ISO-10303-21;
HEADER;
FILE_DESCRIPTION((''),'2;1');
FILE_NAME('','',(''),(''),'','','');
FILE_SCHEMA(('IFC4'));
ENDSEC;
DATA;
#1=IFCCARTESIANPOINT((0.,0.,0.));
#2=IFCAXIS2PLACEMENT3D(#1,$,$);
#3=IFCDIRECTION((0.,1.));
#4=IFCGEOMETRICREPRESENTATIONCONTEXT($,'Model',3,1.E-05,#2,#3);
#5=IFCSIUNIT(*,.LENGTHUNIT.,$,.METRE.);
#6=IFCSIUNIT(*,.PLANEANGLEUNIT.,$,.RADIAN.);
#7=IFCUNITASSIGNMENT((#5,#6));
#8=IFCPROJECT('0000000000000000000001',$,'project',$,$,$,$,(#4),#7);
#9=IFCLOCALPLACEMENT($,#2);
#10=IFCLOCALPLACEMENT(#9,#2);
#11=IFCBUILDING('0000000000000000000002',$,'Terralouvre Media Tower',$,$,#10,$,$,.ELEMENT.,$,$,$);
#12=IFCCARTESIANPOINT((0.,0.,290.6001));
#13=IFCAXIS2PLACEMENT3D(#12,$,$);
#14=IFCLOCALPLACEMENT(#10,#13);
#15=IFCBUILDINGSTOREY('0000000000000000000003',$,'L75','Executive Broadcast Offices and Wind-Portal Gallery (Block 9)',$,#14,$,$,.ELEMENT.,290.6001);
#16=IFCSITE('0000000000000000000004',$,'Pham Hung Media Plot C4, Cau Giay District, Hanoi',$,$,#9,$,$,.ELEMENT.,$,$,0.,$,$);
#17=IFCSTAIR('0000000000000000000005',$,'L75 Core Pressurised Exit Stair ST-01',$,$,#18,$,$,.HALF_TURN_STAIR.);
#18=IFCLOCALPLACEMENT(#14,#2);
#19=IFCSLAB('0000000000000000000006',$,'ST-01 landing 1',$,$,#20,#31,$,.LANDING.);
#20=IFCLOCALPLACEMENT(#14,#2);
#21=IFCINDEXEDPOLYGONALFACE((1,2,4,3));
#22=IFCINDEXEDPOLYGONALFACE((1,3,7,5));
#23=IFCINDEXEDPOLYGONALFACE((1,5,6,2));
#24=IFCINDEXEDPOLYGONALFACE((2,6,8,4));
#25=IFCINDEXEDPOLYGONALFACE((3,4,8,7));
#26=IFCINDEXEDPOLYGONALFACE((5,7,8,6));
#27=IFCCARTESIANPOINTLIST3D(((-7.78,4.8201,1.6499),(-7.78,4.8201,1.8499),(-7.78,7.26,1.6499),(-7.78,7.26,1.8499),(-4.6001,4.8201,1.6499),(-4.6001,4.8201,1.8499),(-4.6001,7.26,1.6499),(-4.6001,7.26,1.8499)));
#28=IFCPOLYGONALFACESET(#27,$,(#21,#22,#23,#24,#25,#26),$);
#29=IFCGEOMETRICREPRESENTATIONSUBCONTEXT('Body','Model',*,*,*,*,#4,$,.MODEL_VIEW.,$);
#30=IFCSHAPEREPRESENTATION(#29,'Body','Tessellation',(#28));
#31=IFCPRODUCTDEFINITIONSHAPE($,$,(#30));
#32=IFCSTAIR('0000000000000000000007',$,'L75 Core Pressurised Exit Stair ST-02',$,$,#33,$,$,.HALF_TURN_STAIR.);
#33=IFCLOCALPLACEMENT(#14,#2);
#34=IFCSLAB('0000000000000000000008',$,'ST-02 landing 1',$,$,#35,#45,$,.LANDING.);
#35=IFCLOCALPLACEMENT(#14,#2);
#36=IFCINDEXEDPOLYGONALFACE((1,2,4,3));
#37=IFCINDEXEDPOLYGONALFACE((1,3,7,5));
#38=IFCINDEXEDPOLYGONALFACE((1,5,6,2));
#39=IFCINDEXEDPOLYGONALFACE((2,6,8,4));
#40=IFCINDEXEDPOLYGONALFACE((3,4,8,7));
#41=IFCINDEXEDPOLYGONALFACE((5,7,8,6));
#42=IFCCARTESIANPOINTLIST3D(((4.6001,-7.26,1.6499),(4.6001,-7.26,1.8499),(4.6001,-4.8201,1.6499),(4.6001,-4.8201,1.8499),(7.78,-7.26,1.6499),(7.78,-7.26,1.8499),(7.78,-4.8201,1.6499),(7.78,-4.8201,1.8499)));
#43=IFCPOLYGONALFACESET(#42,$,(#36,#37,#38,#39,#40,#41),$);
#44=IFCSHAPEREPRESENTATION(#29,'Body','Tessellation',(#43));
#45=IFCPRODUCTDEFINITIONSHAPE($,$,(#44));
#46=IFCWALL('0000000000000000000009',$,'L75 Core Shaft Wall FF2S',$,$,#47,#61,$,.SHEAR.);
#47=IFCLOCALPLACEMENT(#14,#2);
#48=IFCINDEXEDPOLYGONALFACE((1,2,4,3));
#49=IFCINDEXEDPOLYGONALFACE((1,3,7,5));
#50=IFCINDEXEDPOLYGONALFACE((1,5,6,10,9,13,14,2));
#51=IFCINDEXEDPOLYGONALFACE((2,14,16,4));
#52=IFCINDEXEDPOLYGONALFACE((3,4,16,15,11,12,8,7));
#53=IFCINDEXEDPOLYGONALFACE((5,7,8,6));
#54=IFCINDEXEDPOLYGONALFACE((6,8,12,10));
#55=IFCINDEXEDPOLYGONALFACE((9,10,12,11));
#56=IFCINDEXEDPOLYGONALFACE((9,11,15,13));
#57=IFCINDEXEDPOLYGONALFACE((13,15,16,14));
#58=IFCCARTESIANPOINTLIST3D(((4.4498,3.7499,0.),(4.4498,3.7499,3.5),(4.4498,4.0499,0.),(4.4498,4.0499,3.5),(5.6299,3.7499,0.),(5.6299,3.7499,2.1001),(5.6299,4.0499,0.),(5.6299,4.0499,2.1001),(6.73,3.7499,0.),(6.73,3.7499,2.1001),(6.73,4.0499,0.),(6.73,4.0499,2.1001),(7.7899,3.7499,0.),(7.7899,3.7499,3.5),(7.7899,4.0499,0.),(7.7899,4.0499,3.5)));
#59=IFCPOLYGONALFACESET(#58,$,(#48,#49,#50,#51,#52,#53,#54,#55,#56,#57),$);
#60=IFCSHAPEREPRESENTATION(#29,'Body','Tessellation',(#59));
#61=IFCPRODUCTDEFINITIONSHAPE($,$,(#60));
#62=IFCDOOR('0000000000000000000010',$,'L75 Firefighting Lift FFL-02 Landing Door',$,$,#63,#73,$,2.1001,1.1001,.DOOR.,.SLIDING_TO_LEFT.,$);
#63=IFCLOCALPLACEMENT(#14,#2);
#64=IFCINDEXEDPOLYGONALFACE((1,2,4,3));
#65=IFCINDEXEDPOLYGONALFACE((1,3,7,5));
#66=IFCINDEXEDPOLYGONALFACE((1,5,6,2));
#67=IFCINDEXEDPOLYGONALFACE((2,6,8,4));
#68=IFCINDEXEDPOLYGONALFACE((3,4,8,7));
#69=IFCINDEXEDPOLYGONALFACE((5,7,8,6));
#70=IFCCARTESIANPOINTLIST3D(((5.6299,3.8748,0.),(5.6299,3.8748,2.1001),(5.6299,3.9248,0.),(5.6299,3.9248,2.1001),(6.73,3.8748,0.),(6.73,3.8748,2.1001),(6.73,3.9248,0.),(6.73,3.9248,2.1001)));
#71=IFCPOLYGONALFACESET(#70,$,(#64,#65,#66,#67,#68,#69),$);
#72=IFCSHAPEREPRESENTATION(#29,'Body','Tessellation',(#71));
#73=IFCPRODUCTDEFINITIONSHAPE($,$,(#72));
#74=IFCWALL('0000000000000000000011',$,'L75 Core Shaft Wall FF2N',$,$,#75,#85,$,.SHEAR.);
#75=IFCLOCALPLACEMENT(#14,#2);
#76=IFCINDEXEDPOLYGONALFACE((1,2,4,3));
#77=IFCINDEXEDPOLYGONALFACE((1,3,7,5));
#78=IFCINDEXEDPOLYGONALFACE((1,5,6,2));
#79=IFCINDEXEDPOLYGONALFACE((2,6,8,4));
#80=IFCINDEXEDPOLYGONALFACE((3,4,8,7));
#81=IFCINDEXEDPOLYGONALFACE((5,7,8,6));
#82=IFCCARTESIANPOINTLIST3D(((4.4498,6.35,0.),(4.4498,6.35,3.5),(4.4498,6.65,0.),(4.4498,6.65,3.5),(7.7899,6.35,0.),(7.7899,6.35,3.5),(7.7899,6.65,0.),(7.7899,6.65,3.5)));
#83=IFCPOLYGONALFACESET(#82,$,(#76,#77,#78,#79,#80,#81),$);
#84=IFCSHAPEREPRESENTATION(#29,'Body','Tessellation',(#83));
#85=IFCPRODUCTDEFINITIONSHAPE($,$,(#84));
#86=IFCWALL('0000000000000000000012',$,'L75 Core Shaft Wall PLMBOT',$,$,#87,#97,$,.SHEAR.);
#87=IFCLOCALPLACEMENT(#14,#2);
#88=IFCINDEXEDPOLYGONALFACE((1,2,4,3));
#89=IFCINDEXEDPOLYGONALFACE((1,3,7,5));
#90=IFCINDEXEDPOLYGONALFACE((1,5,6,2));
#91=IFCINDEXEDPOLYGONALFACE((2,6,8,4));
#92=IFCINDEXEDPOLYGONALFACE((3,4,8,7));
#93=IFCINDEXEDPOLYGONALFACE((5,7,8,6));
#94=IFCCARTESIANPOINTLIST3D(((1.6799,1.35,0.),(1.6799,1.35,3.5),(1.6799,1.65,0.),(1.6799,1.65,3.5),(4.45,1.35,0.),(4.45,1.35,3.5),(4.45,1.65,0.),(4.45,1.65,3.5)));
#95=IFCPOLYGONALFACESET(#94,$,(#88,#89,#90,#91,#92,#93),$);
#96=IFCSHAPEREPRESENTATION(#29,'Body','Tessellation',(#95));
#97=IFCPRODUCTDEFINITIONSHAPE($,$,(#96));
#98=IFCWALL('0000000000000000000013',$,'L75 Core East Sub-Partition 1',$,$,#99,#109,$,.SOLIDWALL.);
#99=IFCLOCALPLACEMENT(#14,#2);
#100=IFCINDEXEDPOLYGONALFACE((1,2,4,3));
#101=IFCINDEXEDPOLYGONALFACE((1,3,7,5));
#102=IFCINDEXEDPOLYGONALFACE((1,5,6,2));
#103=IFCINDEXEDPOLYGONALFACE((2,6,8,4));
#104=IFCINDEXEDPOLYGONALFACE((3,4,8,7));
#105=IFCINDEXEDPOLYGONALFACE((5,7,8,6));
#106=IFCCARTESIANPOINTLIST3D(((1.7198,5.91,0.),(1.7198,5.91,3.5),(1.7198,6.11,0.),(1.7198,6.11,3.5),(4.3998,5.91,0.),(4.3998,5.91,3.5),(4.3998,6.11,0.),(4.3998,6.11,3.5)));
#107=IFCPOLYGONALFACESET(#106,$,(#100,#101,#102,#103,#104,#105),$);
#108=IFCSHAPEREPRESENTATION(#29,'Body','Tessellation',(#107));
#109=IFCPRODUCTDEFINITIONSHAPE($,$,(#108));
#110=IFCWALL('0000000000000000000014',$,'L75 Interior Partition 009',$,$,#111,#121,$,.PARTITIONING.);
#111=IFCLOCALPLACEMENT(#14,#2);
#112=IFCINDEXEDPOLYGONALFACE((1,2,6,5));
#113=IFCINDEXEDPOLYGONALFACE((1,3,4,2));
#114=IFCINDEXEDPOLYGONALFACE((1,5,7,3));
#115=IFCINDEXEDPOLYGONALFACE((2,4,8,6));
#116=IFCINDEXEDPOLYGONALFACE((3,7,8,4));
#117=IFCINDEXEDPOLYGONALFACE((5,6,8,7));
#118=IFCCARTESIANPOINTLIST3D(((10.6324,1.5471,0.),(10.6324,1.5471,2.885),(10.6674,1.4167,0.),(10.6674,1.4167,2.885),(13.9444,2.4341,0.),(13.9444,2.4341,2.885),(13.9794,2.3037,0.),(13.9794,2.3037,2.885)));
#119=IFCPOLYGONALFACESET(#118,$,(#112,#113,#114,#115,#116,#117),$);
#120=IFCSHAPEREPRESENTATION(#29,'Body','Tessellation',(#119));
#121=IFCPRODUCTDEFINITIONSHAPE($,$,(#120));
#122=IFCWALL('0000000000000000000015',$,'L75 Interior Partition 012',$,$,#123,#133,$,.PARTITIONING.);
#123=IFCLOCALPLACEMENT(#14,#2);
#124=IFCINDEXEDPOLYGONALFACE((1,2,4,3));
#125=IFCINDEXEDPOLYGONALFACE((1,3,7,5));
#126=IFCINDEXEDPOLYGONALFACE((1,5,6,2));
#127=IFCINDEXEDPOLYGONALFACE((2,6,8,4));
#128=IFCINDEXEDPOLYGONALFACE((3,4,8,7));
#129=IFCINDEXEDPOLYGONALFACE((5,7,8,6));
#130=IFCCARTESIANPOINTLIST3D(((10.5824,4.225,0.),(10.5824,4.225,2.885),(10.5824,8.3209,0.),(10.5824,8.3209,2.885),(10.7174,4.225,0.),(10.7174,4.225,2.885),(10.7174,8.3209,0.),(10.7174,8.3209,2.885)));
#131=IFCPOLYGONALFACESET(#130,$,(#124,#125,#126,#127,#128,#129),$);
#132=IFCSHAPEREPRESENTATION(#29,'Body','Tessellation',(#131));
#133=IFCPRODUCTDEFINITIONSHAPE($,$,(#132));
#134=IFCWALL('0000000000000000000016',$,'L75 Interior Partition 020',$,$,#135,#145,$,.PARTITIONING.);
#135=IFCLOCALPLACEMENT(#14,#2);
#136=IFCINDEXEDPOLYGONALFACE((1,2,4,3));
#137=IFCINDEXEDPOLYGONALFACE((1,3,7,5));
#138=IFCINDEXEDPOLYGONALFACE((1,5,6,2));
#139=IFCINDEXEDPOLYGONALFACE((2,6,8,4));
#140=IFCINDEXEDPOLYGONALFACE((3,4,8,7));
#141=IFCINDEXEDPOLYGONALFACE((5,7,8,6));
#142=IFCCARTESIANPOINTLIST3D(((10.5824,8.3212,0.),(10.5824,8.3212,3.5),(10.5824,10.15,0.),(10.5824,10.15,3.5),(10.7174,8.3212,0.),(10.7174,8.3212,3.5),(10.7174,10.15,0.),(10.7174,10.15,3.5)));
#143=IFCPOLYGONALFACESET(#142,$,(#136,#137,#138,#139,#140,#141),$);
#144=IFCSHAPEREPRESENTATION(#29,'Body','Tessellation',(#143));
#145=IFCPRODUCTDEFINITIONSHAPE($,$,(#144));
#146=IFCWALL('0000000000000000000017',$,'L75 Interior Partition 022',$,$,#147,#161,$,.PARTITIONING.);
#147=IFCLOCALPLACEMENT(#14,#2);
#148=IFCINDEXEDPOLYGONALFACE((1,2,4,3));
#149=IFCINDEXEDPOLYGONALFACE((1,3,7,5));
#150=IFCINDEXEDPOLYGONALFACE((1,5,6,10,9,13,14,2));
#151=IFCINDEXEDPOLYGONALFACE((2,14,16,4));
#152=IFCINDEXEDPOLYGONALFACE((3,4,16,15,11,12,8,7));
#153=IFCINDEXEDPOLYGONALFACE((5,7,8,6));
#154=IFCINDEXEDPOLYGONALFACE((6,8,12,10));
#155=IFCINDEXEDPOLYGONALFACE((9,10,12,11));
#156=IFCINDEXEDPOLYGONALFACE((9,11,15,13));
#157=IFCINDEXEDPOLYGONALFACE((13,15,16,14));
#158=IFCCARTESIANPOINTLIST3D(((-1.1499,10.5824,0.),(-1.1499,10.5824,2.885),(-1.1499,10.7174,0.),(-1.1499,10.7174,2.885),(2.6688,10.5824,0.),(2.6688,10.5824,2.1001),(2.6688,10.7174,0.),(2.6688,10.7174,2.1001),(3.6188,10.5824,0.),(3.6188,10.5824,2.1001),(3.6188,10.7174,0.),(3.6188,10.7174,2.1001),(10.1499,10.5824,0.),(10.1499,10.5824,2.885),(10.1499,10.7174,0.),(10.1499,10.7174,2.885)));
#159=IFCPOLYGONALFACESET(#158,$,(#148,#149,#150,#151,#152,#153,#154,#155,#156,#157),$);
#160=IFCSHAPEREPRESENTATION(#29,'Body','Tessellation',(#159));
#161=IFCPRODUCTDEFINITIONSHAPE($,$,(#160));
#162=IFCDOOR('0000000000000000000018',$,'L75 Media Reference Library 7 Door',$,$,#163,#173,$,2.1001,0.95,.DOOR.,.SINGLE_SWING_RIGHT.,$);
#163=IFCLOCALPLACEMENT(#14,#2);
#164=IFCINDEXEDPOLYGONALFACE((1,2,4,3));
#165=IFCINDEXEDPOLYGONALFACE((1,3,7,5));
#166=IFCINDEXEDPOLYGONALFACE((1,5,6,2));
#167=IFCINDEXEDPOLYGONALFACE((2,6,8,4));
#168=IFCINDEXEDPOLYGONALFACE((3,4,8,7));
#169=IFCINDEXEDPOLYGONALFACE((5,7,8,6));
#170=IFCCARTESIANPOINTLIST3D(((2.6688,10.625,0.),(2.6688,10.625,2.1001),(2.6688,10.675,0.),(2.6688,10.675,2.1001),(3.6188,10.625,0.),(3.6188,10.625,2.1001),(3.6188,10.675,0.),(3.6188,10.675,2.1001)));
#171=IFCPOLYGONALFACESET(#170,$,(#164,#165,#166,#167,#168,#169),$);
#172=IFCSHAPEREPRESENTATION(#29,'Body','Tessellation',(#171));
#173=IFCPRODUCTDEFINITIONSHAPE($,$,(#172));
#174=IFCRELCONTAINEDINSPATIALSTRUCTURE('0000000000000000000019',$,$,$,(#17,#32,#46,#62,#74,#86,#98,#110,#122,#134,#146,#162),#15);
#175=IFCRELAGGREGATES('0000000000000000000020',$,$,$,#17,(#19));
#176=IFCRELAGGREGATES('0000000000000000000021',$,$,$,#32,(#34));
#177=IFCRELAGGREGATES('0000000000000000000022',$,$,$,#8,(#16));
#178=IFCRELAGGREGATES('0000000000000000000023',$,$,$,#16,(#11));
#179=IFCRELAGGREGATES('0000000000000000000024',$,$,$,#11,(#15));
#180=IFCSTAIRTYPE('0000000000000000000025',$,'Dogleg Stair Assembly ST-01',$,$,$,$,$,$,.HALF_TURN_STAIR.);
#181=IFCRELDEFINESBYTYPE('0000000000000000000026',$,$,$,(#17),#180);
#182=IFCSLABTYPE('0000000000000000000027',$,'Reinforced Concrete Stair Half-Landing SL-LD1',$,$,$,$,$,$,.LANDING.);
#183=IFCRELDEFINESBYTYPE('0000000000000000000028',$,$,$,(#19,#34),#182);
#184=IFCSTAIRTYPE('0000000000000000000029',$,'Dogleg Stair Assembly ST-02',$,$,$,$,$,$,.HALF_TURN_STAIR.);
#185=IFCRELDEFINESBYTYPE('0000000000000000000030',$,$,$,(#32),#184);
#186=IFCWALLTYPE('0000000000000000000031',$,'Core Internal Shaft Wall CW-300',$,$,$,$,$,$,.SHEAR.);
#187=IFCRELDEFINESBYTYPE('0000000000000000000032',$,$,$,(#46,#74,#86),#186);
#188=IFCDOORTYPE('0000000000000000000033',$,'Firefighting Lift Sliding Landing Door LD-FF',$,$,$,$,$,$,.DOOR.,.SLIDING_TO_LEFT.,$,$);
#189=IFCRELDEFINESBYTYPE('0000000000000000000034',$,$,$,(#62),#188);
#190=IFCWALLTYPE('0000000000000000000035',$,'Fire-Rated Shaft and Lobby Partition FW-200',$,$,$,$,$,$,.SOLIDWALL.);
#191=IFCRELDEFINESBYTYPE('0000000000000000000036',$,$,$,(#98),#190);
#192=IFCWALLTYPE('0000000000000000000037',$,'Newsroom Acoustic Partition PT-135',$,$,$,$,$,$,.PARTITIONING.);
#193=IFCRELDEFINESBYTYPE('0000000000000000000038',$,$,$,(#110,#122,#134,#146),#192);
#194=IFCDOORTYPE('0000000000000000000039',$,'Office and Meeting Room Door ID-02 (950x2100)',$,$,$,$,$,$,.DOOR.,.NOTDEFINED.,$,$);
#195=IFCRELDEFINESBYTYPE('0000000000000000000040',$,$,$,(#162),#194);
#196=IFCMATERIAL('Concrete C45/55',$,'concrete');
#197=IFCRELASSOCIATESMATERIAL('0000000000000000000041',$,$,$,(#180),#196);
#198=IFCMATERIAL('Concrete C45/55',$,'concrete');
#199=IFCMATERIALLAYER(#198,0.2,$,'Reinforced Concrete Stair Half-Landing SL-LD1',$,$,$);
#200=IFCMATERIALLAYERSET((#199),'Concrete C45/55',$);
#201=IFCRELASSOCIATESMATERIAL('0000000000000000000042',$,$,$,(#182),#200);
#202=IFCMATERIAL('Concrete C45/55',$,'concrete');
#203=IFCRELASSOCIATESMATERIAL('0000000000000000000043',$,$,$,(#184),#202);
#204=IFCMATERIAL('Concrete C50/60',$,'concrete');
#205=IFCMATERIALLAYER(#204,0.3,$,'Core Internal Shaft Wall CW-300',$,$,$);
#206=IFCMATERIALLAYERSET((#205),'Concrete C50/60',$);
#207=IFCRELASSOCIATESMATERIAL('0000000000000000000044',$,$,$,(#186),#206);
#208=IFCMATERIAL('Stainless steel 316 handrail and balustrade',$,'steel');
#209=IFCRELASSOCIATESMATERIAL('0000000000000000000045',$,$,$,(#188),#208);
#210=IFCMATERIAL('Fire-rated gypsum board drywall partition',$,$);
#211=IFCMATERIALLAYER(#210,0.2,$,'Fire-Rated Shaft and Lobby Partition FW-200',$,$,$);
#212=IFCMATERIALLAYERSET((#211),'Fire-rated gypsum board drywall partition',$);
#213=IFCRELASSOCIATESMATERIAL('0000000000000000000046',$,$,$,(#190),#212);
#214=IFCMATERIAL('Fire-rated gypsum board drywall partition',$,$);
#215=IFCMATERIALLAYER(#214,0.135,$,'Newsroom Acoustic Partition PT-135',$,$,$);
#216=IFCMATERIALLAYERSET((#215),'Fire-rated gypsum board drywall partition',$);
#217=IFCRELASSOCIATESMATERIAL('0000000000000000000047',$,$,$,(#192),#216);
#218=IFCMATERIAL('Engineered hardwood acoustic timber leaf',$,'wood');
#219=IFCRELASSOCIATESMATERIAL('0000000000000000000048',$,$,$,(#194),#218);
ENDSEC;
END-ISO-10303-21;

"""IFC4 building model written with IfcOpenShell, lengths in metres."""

from ifc_helpers import new_model, si_unit, direction, frame, frame_2d, origin, place, context, subcontext, project, spatial, polyline, rectangle, outline, extrude, material, layer, layer_set, type_object, element, fill, aggregate, save


model = new_model("IFC4")

# Units and contexts
model_context = context("Model", 3, precision=1e-05, world=origin(), true_north=direction((0.0, 1.0)))
body_context = subcontext(model_context, "Body", "Model", "MODEL_VIEW")
ifc_project = project(units=[si_unit("LENGTHUNIT", "METRE"), si_unit("PLANEANGLEUNIT", "RADIAN")], contexts=[model_context])

# Site, building, storey
site_placement = place(None, origin())
site = spatial("IfcSite", under=ifc_project, at=site_placement, Name="Pham Hung Media Plot C4, Cau Giay District, Hanoi", CompositionType="ELEMENT", RefElevation=0.0)
building_placement = place(site_placement, origin())
building = spatial("IfcBuilding", under=site, at=building_placement, Name="Terralouvre Media Tower", CompositionType="ELEMENT")
storey_placement = place(building_placement, frame((0.0, 0.0, 290.6001)))
storey = spatial("IfcBuildingStorey", under=building, at=storey_placement, Name="L75", Description="Executive Broadcast Offices and Wind-Portal Gallery (Block 9)", CompositionType="ELEMENT", Elevation=290.6001)

# Stairs, slabs
ifc_material_1 = material(Name="Concrete C45/55", Category="concrete")
stair_type_1 = type_object("IfcStairType", Name="Dogleg Stair Assembly ST-01", PredefinedType="HALF_TURN_STAIR", material=ifc_material_1)
stair_1_placement = place(storey_placement, origin())
stair_1 = element("IfcStair", 1, at=stair_1_placement, inside=storey, type_object=stair_type_1, Name="L75 Core Pressurised Exit Stair ST-01", PredefinedType="HALF_TURN_STAIR")
ifc_material_2 = material(Name="Concrete C45/55", Category="concrete")
ifc_layer_1 = layer(ifc_material_2, 0.2, Name="Reinforced Concrete Stair Half-Landing SL-LD1")
ifc_layer_set_1 = layer_set([ifc_layer_1], Name="Concrete C45/55")
slab_type = type_object("IfcSlabType", Name="Reinforced Concrete Stair Half-Landing SL-LD1", PredefinedType="LANDING", material=ifc_layer_set_1)
slab_1_placement = place(storey_placement, frame((0.0, 0.0, 1.6499)))
slab_1 = element("IfcSlab", 2, at=slab_1_placement, type_object=slab_type, Name="ST-01 landing 1", PredefinedType="LANDING", context=body_context, shape_type="SweptSolid", body=[
    extrude(outline(polyline([(-4.6001, 4.8201), (-4.6001, 7.26), (-7.78, 7.26), (-7.78, 4.8201), (-4.6001, 4.8201)])), origin(), (0.0, 0.0, 1.0), 0.2),
])
aggregate(stair_1, [slab_1])
ifc_material_3 = material(Name="Concrete C45/55", Category="concrete")
stair_type_2 = type_object("IfcStairType", Name="Dogleg Stair Assembly ST-02", PredefinedType="HALF_TURN_STAIR", material=ifc_material_3)
stair_2_placement = place(storey_placement, origin())
stair_2 = element("IfcStair", 3, at=stair_2_placement, inside=storey, type_object=stair_type_2, Name="L75 Core Pressurised Exit Stair ST-02", PredefinedType="HALF_TURN_STAIR")
slab_2_placement = place(storey_placement, frame((0.0, 0.0, 1.6499)))
slab_2 = element("IfcSlab", 4, at=slab_2_placement, type_object=slab_type, Name="ST-02 landing 1", PredefinedType="LANDING", context=body_context, shape_type="SweptSolid", body=[
    extrude(outline(polyline([(4.6001, -4.8201), (4.6001, -7.26), (7.78, -7.26), (7.78, -4.8201), (4.6001, -4.8201)])), origin(), (0.0, 0.0, 1.0), 0.2),
])
aggregate(stair_2, [slab_2])

# Wall, opening, door
ifc_material_4 = material(Name="Concrete C50/60", Category="concrete")
ifc_layer_2 = layer(ifc_material_4, 0.3, Name="Core Internal Shaft Wall CW-300")
ifc_layer_set_2 = layer_set([ifc_layer_2], Name="Concrete C50/60")
wall_type_1 = type_object("IfcWallType", Name="Core Internal Shaft Wall CW-300", PredefinedType="SHEAR", material=ifc_layer_set_2)
wall_1_placement = place(storey_placement, frame((4.45, 3.8999, 0.0), z_axis=(0.0, 0.0, 1.0), x_axis=(1.0, 0.0, 0.0)))
wall_1 = element("IfcWall", 5, at=wall_1_placement, inside=storey, type_object=wall_type_1, Name="L75 Core Shaft Wall FF2S", PredefinedType="SHEAR", context=body_context, shape_type="SweptSolid", body=[
    extrude(rectangle(XDim=3.3401, YDim=0.3, at=frame_2d((1.6699, 0.0))), origin(), (0.0, 0.0, 1.0), 3.5),
])
opening_1_placement = place(wall_1_placement, frame((1.1799, 0.0, 0.0)))
opening_1 = element("IfcOpeningElement", 6, at=opening_1_placement, cuts=wall_1, PredefinedType="OPENING", context=body_context, shape_type="SweptSolid", body=[
    extrude(rectangle(XDim=1.1001, YDim=2.1001, at=frame_2d((0.55, 1.05))), frame((0.0, 0.1599, 0.0), z_axis=(0.0, -1.0, 0.0), x_axis=(1.0, 0.0, 0.0)), (0.0, 0.0, 1.0), 0.3201),
])
ifc_material_5 = material(Name="Stainless steel 316 handrail and balustrade", Category="steel")
door_type_1 = type_object("IfcDoorType", Name="Firefighting Lift Sliding Landing Door LD-FF", OperationType="SLIDING_TO_LEFT", PredefinedType="DOOR", material=ifc_material_5)
door_1_placement = place(opening_1_placement, origin())
door_1 = element("IfcDoor", 7, at=door_1_placement, inside=storey, type_object=door_type_1, Name="L75 Firefighting Lift FFL-02 Landing Door", OperationType="SLIDING_TO_LEFT", OverallHeight=2.1001, OverallWidth=1.1001, PredefinedType="DOOR", context=body_context, shape_type="SweptSolid", body=[
    extrude(rectangle(XDim=1.1001, YDim=2.1001, at=frame_2d((0.55, 1.05))), frame((0.0, 0.0249, 0.0), z_axis=(0.0, -1.0, 0.0), x_axis=(1.0, 0.0, 0.0)), (0.0, 0.0, 1.0), 0.05),
])
fill(opening_1, door_1)

# Walls
wall_2_placement = place(storey_placement, frame((4.45, 6.5, 0.0), z_axis=(0.0, 0.0, 1.0), x_axis=(1.0, 0.0, 0.0)))
element("IfcWall", 8, at=wall_2_placement, inside=storey, type_object=wall_type_1, Name="L75 Core Shaft Wall FF2N", PredefinedType="SHEAR", context=body_context, shape_type="SweptSolid", body=[
    extrude(rectangle(XDim=3.3401, YDim=0.3, at=frame_2d((1.6699, 0.0))), origin(), (0.0, 0.0, 1.0), 3.5),
])
wall_3_placement = place(storey_placement, frame((1.6799, 1.5, 0.0), z_axis=(0.0, 0.0, 1.0), x_axis=(1.0, 0.0, 0.0)))
element("IfcWall", 9, at=wall_3_placement, inside=storey, type_object=wall_type_1, Name="L75 Core Shaft Wall PLMBOT", PredefinedType="SHEAR", context=body_context, shape_type="SweptSolid", body=[
    extrude(rectangle(XDim=2.77, YDim=0.3, at=frame_2d((1.385, 0.0))), origin(), (0.0, 0.0, 1.0), 3.5),
])
ifc_material_6 = material(Name="Fire-rated gypsum board drywall partition")
ifc_layer_3 = layer(ifc_material_6, 0.2, Name="Fire-Rated Shaft and Lobby Partition FW-200")
ifc_layer_set_3 = layer_set([ifc_layer_3], Name="Fire-rated gypsum board drywall partition")
wall_type_2 = type_object("IfcWallType", Name="Fire-Rated Shaft and Lobby Partition FW-200", PredefinedType="SOLIDWALL", material=ifc_layer_set_3)
wall_4_placement = place(storey_placement, frame((1.72, 6.01, 0.0), z_axis=(0.0, 0.0, 1.0), x_axis=(1.0, 0.0, 0.0)))
element("IfcWall", 10, at=wall_4_placement, inside=storey, type_object=wall_type_2, Name="L75 Core East Sub-Partition 1", PredefinedType="SOLIDWALL", context=body_context, shape_type="SweptSolid", body=[
    extrude(rectangle(XDim=2.6799, YDim=0.2, at=frame_2d((1.3398, 0.0))), origin(), (0.0, 0.0, 1.0), 3.5),
])
ifc_material_7 = material(Name="Fire-rated gypsum board drywall partition")
ifc_layer_4 = layer(ifc_material_7, 0.135, Name="Newsroom Acoustic Partition PT-135")
ifc_layer_set_4 = layer_set([ifc_layer_4], Name="Fire-rated gypsum board drywall partition")
wall_type_3 = type_object("IfcWallType", Name="Newsroom Acoustic Partition PT-135", PredefinedType="PARTITIONING", material=ifc_layer_set_4)
wall_5_placement = place(storey_placement, frame((10.6499, 1.4819, 0.0), z_axis=(0.0, 0.0, 1.0), x_axis=(0.965961, 0.258686, 0.0)))
element("IfcWall", 11, at=wall_5_placement, inside=storey, type_object=wall_type_3, Name="L75 Interior Partition 009", PredefinedType="PARTITIONING", context=body_context, shape_type="SweptSolid", body=[
    extrude(rectangle(XDim=3.4287, YDim=0.135, at=frame_2d((1.7144, 0.0))), origin(), (0.0, 0.0, 1.0), 2.885),
])
wall_6_placement = place(storey_placement, frame((10.6499, 4.2251, 0.0), z_axis=(0.0, 0.0, 1.0), x_axis=(0.0, 1.0, 0.0)))
element("IfcWall", 12, at=wall_6_placement, inside=storey, type_object=wall_type_3, Name="L75 Interior Partition 012", PredefinedType="PARTITIONING", context=body_context, shape_type="SweptSolid", body=[
    extrude(rectangle(XDim=4.0959, YDim=0.135, at=frame_2d((2.0479, 0.0))), origin(), (0.0, 0.0, 1.0), 2.885),
])
wall_7_placement = place(storey_placement, frame((10.6499, 8.321, 0.0), z_axis=(0.0, 0.0, 1.0), x_axis=(0.0, 1.0, 0.0)))
element("IfcWall", 13, at=wall_7_placement, inside=storey, type_object=wall_type_3, Name="L75 Interior Partition 020", PredefinedType="PARTITIONING", context=body_context, shape_type="SweptSolid", body=[
    extrude(rectangle(XDim=1.8289, YDim=0.135, at=frame_2d((0.9146, 0.0))), origin(), (0.0, 0.0, 1.0), 3.5),
])

# Wall, opening, door
wall_8_placement = place(storey_placement, frame((10.1499, 10.6499, 0.0), z_axis=(0.0, 0.0, 1.0), x_axis=(-1.0, 0.0, 0.0)))
wall_8 = element("IfcWall", 14, at=wall_8_placement, inside=storey, type_object=wall_type_3, Name="L75 Interior Partition 022", PredefinedType="PARTITIONING", context=body_context, shape_type="SweptSolid", body=[
    extrude(rectangle(XDim=11.2998, YDim=0.135, at=frame_2d((5.6499, 0.0))), origin(), (0.0, 0.0, 1.0), 2.885),
])
opening_2_placement = place(wall_8_placement, frame((6.531, 0.0, 0.0)))
opening_2 = element("IfcOpeningElement", 15, at=opening_2_placement, cuts=wall_8, PredefinedType="OPENING", context=body_context, shape_type="SweptSolid", body=[
    extrude(rectangle(XDim=0.95, YDim=2.1001, at=frame_2d((0.4751, 1.05))), frame((0.0, 0.0774, 0.0), z_axis=(0.0, -1.0, 0.0), x_axis=(1.0, 0.0, 0.0)), (0.0, 0.0, 1.0), 0.155),
])
ifc_material_8 = material(Name="Engineered hardwood acoustic timber leaf", Category="wood")
door_type_2 = type_object("IfcDoorType", Name="Office and Meeting Room Door ID-02 (950x2100)", OperationType="NOTDEFINED", PredefinedType="DOOR", material=ifc_material_8)
door_2_placement = place(opening_2_placement, origin())
door_2 = element("IfcDoor", 16, at=door_2_placement, inside=storey, type_object=door_type_2, Name="L75 Media Reference Library 7 Door", OperationType="SINGLE_SWING_RIGHT", OverallHeight=2.1001, OverallWidth=0.95, PredefinedType="DOOR", context=body_context, shape_type="SweptSolid", body=[
    extrude(rectangle(XDim=0.95, YDim=2.1001, at=frame_2d((0.4751, 1.05))), frame((0.0, 0.0249, 0.0), z_axis=(0.0, -1.0, 0.0), x_axis=(1.0, 0.0, 0.0)), (0.0, 0.0, 1.0), 0.05),
])
fill(opening_2, door_2)

save(model, "model.ifc")
